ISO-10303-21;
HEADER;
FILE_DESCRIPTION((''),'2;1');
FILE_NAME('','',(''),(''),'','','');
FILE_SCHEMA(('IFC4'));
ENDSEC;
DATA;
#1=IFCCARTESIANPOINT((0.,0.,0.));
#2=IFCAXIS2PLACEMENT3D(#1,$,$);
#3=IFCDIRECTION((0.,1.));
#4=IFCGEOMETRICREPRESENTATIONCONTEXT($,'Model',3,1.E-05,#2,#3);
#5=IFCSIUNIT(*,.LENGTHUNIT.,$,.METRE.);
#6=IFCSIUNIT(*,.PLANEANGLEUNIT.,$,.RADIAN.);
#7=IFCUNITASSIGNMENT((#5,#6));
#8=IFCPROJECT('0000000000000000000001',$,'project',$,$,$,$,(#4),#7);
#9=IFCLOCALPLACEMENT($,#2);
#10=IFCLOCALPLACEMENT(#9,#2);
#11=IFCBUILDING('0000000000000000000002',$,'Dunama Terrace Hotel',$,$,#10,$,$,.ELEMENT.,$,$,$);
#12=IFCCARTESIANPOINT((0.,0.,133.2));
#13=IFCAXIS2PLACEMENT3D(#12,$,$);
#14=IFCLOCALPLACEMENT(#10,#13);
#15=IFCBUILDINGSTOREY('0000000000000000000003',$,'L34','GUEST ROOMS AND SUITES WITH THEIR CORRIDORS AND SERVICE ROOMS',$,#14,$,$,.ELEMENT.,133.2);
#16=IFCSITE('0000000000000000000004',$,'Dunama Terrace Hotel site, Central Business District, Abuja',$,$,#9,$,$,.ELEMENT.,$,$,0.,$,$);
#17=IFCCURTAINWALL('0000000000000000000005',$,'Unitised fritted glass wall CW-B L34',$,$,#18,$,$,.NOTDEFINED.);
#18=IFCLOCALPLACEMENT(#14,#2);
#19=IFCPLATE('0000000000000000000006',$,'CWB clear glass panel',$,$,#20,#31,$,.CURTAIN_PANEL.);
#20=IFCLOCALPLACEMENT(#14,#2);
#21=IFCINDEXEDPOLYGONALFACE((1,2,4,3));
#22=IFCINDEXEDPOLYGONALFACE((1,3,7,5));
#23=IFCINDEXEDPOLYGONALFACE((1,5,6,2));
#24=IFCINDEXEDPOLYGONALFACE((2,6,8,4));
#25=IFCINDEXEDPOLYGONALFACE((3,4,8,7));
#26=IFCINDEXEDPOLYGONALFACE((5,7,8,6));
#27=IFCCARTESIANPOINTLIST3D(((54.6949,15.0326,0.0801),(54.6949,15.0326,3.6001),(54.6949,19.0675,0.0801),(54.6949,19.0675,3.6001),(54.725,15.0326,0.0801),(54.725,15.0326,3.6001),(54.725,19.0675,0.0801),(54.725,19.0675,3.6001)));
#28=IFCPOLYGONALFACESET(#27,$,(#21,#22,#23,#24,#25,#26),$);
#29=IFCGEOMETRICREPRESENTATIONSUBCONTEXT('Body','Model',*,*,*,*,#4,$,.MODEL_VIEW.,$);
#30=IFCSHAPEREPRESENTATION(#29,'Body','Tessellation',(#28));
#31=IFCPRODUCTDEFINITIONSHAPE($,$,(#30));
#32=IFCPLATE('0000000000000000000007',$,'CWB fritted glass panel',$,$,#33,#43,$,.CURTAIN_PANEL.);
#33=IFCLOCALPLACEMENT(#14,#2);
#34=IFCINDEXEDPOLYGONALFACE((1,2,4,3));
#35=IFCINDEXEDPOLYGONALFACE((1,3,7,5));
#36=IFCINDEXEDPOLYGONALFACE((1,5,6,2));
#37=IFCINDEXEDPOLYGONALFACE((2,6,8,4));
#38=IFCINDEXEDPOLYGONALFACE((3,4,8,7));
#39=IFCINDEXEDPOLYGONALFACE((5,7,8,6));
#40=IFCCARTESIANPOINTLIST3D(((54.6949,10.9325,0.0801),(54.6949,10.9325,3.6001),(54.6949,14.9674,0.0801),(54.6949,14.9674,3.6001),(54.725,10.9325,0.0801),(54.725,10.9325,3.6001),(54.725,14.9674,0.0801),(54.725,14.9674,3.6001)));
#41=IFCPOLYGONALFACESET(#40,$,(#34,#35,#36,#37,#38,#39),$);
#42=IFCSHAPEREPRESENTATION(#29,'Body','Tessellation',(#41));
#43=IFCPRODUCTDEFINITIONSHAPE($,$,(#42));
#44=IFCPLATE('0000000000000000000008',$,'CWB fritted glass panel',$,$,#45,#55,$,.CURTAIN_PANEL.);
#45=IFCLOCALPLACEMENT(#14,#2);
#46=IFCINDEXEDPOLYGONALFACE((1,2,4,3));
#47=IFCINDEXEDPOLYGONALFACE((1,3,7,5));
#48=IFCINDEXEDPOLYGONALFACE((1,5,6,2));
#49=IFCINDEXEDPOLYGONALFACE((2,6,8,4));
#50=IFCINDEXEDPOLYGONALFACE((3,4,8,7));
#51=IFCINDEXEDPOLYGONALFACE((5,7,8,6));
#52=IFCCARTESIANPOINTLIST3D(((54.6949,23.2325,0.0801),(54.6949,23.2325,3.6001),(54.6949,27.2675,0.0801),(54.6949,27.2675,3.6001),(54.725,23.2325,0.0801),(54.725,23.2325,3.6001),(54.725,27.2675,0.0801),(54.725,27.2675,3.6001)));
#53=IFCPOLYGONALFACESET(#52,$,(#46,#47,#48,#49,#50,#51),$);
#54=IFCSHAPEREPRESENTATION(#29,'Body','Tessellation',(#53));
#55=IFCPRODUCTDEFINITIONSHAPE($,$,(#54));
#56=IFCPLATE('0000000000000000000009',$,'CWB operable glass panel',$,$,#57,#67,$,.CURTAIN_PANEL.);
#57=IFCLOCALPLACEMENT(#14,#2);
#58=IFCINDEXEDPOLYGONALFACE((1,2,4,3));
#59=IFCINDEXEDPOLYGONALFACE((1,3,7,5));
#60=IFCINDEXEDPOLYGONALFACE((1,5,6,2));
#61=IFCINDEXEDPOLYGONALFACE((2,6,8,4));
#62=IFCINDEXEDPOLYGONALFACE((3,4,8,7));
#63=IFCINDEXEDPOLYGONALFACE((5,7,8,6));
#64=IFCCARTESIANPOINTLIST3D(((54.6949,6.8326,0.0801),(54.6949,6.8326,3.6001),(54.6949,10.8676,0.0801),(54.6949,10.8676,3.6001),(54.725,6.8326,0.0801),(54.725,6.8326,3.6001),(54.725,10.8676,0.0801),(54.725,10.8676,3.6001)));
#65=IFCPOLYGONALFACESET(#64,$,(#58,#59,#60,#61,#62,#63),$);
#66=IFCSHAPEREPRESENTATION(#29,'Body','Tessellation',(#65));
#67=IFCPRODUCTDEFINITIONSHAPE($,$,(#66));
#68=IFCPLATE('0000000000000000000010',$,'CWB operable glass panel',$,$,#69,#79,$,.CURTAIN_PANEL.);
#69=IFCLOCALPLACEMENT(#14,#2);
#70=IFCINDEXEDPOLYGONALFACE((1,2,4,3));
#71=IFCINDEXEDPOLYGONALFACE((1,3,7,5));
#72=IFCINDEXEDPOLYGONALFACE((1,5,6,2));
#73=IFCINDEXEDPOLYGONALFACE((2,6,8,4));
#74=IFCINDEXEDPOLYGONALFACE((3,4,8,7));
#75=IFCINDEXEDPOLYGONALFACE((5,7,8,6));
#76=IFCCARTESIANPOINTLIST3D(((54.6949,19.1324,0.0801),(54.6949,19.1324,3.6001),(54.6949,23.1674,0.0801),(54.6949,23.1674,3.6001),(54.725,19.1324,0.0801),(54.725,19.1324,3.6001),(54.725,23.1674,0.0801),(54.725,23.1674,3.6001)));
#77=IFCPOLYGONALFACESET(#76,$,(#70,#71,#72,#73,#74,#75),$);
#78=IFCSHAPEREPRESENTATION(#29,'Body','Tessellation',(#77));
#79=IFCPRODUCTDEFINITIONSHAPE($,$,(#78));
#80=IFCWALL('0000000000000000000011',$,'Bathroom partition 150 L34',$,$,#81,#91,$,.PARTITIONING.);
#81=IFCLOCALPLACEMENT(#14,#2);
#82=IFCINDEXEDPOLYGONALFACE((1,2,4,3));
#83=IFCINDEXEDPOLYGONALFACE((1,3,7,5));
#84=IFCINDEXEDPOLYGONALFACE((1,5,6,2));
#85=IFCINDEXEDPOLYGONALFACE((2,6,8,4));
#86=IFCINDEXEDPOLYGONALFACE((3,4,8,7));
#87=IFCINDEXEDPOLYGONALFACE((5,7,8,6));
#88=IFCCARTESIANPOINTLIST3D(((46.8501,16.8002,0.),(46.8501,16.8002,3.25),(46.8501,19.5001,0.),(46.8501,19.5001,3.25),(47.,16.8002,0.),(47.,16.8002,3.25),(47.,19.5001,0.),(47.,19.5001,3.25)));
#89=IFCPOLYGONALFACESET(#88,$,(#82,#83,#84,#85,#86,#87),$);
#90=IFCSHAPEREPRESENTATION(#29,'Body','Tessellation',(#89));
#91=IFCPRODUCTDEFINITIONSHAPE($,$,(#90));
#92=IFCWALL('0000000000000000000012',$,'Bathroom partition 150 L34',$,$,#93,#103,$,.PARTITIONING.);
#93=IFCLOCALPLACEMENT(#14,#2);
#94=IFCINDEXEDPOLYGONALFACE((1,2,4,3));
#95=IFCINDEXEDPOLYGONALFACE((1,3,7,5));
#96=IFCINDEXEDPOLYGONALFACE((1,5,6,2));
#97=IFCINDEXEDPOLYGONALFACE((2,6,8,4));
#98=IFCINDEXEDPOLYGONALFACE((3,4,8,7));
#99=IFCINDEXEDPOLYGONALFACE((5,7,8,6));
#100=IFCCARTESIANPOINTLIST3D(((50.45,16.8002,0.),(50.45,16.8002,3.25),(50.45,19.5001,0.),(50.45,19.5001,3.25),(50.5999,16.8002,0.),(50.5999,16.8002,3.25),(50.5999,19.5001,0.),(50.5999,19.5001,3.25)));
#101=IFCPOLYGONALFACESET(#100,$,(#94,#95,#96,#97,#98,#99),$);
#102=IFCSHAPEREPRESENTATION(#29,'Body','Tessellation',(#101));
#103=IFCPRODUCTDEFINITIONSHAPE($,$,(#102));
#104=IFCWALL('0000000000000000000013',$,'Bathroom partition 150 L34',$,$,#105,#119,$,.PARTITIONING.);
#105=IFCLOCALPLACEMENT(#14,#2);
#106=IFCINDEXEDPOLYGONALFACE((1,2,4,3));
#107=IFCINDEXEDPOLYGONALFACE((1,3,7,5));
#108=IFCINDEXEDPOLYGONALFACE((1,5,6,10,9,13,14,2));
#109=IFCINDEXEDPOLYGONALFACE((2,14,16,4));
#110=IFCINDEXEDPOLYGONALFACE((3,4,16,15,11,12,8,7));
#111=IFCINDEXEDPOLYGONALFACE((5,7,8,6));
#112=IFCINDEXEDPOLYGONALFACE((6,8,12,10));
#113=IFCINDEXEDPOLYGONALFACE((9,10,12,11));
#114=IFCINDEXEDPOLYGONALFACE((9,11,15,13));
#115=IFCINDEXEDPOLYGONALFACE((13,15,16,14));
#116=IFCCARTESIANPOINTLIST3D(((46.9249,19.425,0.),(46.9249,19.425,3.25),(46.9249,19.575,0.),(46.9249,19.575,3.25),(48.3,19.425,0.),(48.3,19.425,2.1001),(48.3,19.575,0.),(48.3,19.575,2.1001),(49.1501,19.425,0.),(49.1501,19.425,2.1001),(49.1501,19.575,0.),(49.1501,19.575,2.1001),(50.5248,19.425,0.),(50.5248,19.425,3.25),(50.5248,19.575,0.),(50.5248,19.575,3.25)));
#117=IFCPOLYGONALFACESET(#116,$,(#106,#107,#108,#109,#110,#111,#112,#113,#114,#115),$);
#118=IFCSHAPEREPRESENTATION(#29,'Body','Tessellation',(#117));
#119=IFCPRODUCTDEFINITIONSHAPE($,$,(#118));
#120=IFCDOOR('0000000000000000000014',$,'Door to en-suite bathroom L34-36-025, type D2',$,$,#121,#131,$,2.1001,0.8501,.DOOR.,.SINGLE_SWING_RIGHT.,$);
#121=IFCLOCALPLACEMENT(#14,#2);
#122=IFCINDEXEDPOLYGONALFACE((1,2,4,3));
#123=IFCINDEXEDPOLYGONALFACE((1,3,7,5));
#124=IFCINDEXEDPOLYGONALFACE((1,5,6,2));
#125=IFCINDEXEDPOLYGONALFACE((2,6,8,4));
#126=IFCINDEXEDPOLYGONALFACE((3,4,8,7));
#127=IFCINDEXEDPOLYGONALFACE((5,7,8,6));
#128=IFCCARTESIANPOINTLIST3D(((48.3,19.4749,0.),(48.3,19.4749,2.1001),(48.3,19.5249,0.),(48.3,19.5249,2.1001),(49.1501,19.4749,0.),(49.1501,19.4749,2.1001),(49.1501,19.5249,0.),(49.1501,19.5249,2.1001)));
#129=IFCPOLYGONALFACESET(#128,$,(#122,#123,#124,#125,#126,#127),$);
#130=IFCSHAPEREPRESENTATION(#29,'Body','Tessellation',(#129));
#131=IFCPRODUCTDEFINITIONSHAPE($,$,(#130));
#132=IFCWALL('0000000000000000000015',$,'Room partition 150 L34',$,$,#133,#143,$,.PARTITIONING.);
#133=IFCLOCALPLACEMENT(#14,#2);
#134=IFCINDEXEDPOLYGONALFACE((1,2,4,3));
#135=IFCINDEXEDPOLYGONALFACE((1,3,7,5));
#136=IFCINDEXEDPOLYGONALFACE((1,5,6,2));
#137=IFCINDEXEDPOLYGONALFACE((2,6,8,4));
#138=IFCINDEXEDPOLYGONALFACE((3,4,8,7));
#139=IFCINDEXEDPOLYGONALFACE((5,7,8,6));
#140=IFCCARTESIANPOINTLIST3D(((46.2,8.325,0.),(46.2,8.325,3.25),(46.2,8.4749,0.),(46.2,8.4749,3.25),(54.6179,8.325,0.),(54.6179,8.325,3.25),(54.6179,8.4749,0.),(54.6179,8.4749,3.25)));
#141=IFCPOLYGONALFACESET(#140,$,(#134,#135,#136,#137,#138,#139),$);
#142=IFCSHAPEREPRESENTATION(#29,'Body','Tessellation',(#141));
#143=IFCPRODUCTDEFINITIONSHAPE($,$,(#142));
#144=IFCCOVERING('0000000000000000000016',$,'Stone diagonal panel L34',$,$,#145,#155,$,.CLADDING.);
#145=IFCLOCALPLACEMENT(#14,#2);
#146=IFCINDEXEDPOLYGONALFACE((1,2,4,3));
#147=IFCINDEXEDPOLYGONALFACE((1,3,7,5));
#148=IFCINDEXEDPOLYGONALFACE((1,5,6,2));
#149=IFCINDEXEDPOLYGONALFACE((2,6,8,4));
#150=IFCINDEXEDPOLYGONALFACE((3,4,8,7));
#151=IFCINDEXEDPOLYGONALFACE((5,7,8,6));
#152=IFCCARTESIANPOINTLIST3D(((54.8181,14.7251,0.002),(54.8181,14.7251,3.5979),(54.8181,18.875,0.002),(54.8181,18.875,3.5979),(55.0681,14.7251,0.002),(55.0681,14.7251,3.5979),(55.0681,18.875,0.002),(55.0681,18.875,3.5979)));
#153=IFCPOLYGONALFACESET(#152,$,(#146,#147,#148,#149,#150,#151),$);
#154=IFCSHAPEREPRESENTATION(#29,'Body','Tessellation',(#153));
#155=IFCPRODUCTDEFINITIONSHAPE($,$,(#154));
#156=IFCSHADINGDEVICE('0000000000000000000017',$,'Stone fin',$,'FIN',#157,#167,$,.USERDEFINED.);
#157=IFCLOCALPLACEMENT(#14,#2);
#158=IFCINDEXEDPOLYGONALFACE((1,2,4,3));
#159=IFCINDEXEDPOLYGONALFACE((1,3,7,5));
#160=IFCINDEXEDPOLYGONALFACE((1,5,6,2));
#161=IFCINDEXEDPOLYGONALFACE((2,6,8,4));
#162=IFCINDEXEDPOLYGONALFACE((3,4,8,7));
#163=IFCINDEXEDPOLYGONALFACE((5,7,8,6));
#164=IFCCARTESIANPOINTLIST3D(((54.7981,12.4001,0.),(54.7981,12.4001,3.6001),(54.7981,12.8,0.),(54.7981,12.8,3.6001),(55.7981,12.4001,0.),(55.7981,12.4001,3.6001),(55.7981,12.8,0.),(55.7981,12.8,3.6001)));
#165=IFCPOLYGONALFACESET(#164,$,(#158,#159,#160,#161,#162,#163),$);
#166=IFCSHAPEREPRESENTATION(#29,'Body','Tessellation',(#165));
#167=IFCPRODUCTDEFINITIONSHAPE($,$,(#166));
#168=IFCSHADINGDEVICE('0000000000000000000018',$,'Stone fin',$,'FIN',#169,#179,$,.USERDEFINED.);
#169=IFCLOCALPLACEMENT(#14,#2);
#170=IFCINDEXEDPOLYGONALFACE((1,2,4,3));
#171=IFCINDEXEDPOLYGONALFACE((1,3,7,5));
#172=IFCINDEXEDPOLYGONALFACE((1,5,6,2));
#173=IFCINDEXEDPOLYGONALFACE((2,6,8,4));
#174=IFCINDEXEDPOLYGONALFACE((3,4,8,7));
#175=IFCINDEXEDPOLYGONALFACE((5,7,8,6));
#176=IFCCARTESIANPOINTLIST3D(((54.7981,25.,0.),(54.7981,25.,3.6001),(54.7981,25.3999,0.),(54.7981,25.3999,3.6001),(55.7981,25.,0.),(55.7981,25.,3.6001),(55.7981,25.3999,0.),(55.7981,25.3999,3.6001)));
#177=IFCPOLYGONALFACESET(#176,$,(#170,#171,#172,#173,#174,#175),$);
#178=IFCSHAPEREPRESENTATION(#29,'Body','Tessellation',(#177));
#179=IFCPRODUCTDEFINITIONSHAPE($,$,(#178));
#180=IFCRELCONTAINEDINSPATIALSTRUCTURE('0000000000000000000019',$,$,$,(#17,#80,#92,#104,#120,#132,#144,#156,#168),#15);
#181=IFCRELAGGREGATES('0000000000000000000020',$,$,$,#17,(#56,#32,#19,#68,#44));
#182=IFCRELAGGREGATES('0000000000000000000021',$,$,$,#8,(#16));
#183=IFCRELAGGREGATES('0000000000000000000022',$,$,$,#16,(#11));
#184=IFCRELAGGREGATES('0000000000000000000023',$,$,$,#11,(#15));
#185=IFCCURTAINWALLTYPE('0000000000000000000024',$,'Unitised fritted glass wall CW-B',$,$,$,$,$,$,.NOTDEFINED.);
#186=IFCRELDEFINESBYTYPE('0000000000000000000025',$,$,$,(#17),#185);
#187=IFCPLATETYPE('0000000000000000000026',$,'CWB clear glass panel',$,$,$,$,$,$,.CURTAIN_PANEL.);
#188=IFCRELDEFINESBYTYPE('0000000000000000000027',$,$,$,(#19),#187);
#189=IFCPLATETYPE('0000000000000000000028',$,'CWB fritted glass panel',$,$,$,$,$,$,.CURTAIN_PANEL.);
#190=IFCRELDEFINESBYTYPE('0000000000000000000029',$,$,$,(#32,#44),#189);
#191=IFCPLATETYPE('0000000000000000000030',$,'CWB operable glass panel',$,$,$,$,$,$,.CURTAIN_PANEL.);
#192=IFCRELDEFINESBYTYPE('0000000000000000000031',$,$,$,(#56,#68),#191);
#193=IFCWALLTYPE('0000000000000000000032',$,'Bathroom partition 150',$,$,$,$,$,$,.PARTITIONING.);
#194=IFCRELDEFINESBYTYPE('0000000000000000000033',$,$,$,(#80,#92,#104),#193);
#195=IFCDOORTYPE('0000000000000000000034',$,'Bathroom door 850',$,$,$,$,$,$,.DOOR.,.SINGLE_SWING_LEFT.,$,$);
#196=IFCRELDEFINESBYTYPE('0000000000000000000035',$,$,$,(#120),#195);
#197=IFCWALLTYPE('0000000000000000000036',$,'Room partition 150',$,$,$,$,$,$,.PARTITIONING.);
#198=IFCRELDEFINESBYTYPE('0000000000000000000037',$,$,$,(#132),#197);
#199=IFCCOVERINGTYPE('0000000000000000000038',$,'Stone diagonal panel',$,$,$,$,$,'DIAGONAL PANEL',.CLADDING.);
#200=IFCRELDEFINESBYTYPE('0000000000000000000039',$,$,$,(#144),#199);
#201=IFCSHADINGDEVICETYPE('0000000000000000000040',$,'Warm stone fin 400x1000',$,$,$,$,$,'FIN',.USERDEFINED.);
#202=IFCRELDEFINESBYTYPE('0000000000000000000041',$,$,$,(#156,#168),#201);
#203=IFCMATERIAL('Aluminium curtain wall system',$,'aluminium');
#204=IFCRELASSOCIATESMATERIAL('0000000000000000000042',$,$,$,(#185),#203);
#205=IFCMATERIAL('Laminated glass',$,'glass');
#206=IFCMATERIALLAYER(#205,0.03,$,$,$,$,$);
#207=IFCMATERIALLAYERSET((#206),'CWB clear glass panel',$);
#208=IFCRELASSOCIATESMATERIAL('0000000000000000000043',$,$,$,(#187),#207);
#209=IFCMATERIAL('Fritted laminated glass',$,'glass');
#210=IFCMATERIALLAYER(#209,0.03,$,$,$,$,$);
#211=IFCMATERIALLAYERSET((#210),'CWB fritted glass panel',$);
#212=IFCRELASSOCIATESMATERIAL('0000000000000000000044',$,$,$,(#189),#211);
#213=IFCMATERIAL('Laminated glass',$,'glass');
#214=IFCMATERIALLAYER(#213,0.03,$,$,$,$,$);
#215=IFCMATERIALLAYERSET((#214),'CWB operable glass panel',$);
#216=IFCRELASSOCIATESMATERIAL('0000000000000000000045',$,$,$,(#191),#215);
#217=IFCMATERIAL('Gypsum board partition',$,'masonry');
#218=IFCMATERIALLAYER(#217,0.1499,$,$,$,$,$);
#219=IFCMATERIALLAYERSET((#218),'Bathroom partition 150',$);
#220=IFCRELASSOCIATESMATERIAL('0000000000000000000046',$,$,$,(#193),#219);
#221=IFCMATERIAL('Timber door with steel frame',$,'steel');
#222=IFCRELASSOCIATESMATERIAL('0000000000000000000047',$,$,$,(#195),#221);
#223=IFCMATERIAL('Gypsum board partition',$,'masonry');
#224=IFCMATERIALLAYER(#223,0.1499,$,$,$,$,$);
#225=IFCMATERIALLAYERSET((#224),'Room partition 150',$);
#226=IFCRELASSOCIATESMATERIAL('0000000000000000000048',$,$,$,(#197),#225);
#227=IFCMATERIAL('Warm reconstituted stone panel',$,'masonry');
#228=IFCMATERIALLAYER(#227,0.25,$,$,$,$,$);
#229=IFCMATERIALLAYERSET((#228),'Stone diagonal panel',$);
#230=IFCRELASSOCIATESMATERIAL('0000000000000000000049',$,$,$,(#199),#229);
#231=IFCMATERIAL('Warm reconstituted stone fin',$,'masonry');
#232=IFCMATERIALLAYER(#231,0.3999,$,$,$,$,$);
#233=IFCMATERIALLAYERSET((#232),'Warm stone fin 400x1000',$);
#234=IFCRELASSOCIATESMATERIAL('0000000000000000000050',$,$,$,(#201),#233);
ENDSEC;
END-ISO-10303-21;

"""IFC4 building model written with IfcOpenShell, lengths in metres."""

from ifc_helpers import new_model, si_unit, direction, frame, frame_2d, origin, origin_2d, place, context, subcontext, project, spatial, rectangle, extrude, material, layer, layer_set, type_object, element, fill, aggregate, save


model = new_model("IFC4")

# Units and contexts
model_context = context("Model", 3, precision=1e-05, world=origin(), true_north=direction((0.0, 1.0)))
body_context = subcontext(model_context, "Body", "Model", "MODEL_VIEW")
ifc_project = project(units=[si_unit("LENGTHUNIT", "METRE"), si_unit("PLANEANGLEUNIT", "RADIAN")], contexts=[model_context])

# Site, building, storey
site_placement = place(None, origin())
site = spatial("IfcSite", under=ifc_project, at=site_placement, Name="Dunama Terrace Hotel site, Central Business District, Abuja", CompositionType="ELEMENT", RefElevation=0.0)
building_placement = place(site_placement, origin())
building = spatial("IfcBuilding", under=site, at=building_placement, Name="Dunama Terrace Hotel", CompositionType="ELEMENT")
storey_placement = place(building_placement, frame((0.0, 0.0, 133.2)))
storey = spatial("IfcBuildingStorey", under=building, at=storey_placement, Name="L34", Description="GUEST ROOMS AND SUITES WITH THEIR CORRIDORS AND SERVICE ROOMS", CompositionType="ELEMENT", Elevation=133.2)

# Curtain wall
ifc_material_1 = material(Name="Aluminium curtain wall system", Category="aluminium")
curtain_wall_type = type_object("IfcCurtainWallType", Name="Unitised fritted glass wall CW-B", PredefinedType="NOTDEFINED", material=ifc_material_1)
curtain_wall_placement = place(storey_placement, origin())
curtain_wall = element("IfcCurtainWall", 1, at=curtain_wall_placement, inside=storey, type_object=curtain_wall_type, Name="Unitised fritted glass wall CW-B L34", PredefinedType="NOTDEFINED")

# Plates
ifc_material_2 = material(Name="Laminated glass", Category="glass")
ifc_layer_1 = layer(ifc_material_2, 0.03)
ifc_layer_set_1 = layer_set([ifc_layer_1], Name="CWB clear glass panel")
plate_type_1 = type_object("IfcPlateType", Name="CWB clear glass panel", PredefinedType="CURTAIN_PANEL", material=ifc_layer_set_1)
plate_1_placement = place(storey_placement, frame((54.71, 17.05, 0.0801), z_axis=(0.0, 0.0, 1.0), x_axis=(0.0, 1.0, 0.0)))
plate_1 = element("IfcPlate", 2, at=plate_1_placement, type_object=plate_type_1, Name="CWB clear glass panel", PredefinedType="CURTAIN_PANEL", context=body_context, shape_type="SweptSolid", body=[
    extrude(rectangle(XDim=4.0349, YDim=0.03, at=origin_2d()), origin(), (0.0, 0.0, 1.0), 3.52),
])
ifc_material_3 = material(Name="Fritted laminated glass", Category="glass")
ifc_layer_2 = layer(ifc_material_3, 0.03)
ifc_layer_set_2 = layer_set([ifc_layer_2], Name="CWB fritted glass panel")
plate_type_2 = type_object("IfcPlateType", Name="CWB fritted glass panel", PredefinedType="CURTAIN_PANEL", material=ifc_layer_set_2)
plate_2_placement = place(storey_placement, frame((54.71, 12.95, 0.0801), z_axis=(0.0, 0.0, 1.0), x_axis=(0.0, 1.0, 0.0)))
plate_2 = element("IfcPlate", 3, at=plate_2_placement, type_object=plate_type_2, Name="CWB fritted glass panel", PredefinedType="CURTAIN_PANEL", context=body_context, shape_type="SweptSolid", body=[
    extrude(rectangle(XDim=4.0349, YDim=0.03, at=origin_2d()), origin(), (0.0, 0.0, 1.0), 3.52),
])
plate_3_placement = place(storey_placement, frame((54.71, 25.25, 0.0801), z_axis=(0.0, 0.0, 1.0), x_axis=(0.0, 1.0, 0.0)))
plate_3 = element("IfcPlate", 4, at=plate_3_placement, type_object=plate_type_2, Name="CWB fritted glass panel", PredefinedType="CURTAIN_PANEL", context=body_context, shape_type="SweptSolid", body=[
    extrude(rectangle(XDim=4.0349, YDim=0.03, at=origin_2d()), origin(), (0.0, 0.0, 1.0), 3.52),
])
ifc_material_4 = material(Name="Laminated glass", Category="glass")
ifc_layer_3 = layer(ifc_material_4, 0.03)
ifc_layer_set_3 = layer_set([ifc_layer_3], Name="CWB operable glass panel")
plate_type_3 = type_object("IfcPlateType", Name="CWB operable glass panel", PredefinedType="CURTAIN_PANEL", material=ifc_layer_set_3)
plate_4_placement = place(storey_placement, frame((54.71, 8.8501, 0.0801), z_axis=(0.0, 0.0, 1.0), x_axis=(0.0, 1.0, 0.0)))
plate_4 = element("IfcPlate", 5, at=plate_4_placement, type_object=plate_type_3, Name="CWB operable glass panel", PredefinedType="CURTAIN_PANEL", context=body_context, shape_type="SweptSolid", body=[
    extrude(rectangle(XDim=4.0349, YDim=0.03, at=origin_2d()), origin(), (0.0, 0.0, 1.0), 3.52),
])
plate_5_placement = place(storey_placement, frame((54.71, 21.1499, 0.0801), z_axis=(0.0, 0.0, 1.0), x_axis=(0.0, 1.0, 0.0)))
plate_5 = element("IfcPlate", 6, at=plate_5_placement, type_object=plate_type_3, Name="CWB operable glass panel", PredefinedType="CURTAIN_PANEL", context=body_context, shape_type="SweptSolid", body=[
    extrude(rectangle(XDim=4.0349, YDim=0.03, at=origin_2d()), origin(), (0.0, 0.0, 1.0), 3.52),
])
aggregate(curtain_wall, [plate_4, plate_2, plate_1, plate_5, plate_3])

# Walls
ifc_material_5 = material(Name="Gypsum board partition", Category="masonry")
ifc_layer_4 = layer(ifc_material_5, 0.1499)
ifc_layer_set_4 = layer_set([ifc_layer_4], Name="Bathroom partition 150")
wall_type_1 = type_object("IfcWallType", Name="Bathroom partition 150", PredefinedType="PARTITIONING", material=ifc_layer_set_4)
for number, where, z_axis, x_axis, name in (
    (7, (46.925, 16.8, 0.0), (0.0, 0.0, 1.0), (0.0, 1.0, 0.0), "Bathroom partition 150 L34"),
    (8, (50.5249, 16.8, 0.0), (0.0, 0.0, 1.0), (0.0, 1.0, 0.0), "Bathroom partition 150 L34"),
):
    element("IfcWall", number, at=place(storey_placement, frame(where, z_axis=z_axis, x_axis=x_axis)), inside=storey, type_object=wall_type_1, Name=name, PredefinedType="PARTITIONING", context=body_context, shape_type="SweptSolid", body=[
        extrude(rectangle(XDim=2.7, YDim=0.1499, at=frame_2d((1.3501, 0.0))), origin(), (0.0, 0.0, 1.0), 3.25),
    ])

# Wall, opening, door
wall_1_placement = place(storey_placement, frame((46.925, 19.5, 0.0), z_axis=(0.0, 0.0, 1.0), x_axis=(1.0, 0.0, 0.0)))
wall_1 = element("IfcWall", 9, at=wall_1_placement, inside=storey, type_object=wall_type_1, Name="Bathroom partition 150 L34", PredefinedType="PARTITIONING", context=body_context, shape_type="SweptSolid", body=[
    extrude(rectangle(XDim=3.5999, YDim=0.1499, at=frame_2d((1.7998, 0.0))), origin(), (0.0, 0.0, 1.0), 3.25),
])
opening_placement = place(wall_1_placement, frame((1.375, 0.0, 0.0)))
opening = element("IfcOpeningElement", 10, at=opening_placement, cuts=wall_1, PredefinedType="OPENING", context=body_context, shape_type="SweptSolid", body=[
    extrude(rectangle(XDim=0.8501, YDim=2.1001, at=frame_2d((0.425, 1.05))), frame((0.0, 0.085, 0.0), z_axis=(0.0, -1.0, 0.0), x_axis=(1.0, 0.0, 0.0)), (0.0, 0.0, 1.0), 0.1699),
])
ifc_material_6 = material(Name="Timber door with steel frame", Category="steel")
door_type = type_object("IfcDoorType", Name="Bathroom door 850", OperationType="SINGLE_SWING_LEFT", PredefinedType="DOOR", material=ifc_material_6)
door_placement = place(opening_placement, frame((0.8501, 0.0, 0.0), z_axis=(0.0, 0.0, 1.0), x_axis=(-1.0, 0.0, 0.0)))
door = element("IfcDoor", 11, at=door_placement, inside=storey, type_object=door_type, Name="Door to en-suite bathroom L34-36-025, type D2", OperationType="SINGLE_SWING_RIGHT", OverallHeight=2.1001, OverallWidth=0.8501, PredefinedType="DOOR", context=body_context, shape_type="SweptSolid", body=[
    extrude(rectangle(XDim=0.8501, YDim=2.1001, at=frame_2d((0.425, 1.05))), frame((0.0, 0.0251, 0.0), z_axis=(0.0, -1.0, 0.0), x_axis=(1.0, 0.0, 0.0)), (0.0, 0.0, 1.0), 0.05),
])
fill(opening, door)

# Wall
ifc_material_7 = material(Name="Gypsum board partition", Category="masonry")
ifc_layer_5 = layer(ifc_material_7, 0.1499)
ifc_layer_set_5 = layer_set([ifc_layer_5], Name="Room partition 150")
wall_type_2 = type_object("IfcWallType", Name="Room partition 150", PredefinedType="PARTITIONING", material=ifc_layer_set_5)
wall_2_placement = place(storey_placement, frame((46.2, 8.3999, 0.0), z_axis=(0.0, 0.0, 1.0), x_axis=(1.0, 0.0, 0.0)))
element("IfcWall", 12, at=wall_2_placement, inside=storey, type_object=wall_type_2, Name="Room partition 150 L34", PredefinedType="PARTITIONING", context=body_context, shape_type="SweptSolid", body=[
    extrude(rectangle(XDim=8.418, YDim=0.1499, at=frame_2d((4.209, 0.0))), origin(), (0.0, 0.0, 1.0), 3.25),
])

# Covering
ifc_material_8 = material(Name="Warm reconstituted stone panel", Category="masonry")
ifc_layer_6 = layer(ifc_material_8, 0.25)
ifc_layer_set_6 = layer_set([ifc_layer_6], Name="Stone diagonal panel")
covering_type = type_object("IfcCoveringType", Name="Stone diagonal panel", ElementType="DIAGONAL PANEL", PredefinedType="CLADDING", material=ifc_layer_set_6)
covering_placement = place(storey_placement, frame((54.9431, 16.8, 0.002), z_axis=(0.0, 0.0, 1.0), x_axis=(0.0, 1.0, 0.0)))
element("IfcCovering", 13, at=covering_placement, inside=storey, type_object=covering_type, Name="Stone diagonal panel L34", PredefinedType="CLADDING", context=body_context, shape_type="SweptSolid", body=[
    extrude(rectangle(XDim=4.1499, YDim=0.25, at=origin_2d()), origin(), (0.0, 0.0, 1.0), 3.5959),
])

# Shading devices
ifc_material_9 = material(Name="Warm reconstituted stone fin", Category="masonry")
ifc_layer_7 = layer(ifc_material_9, 0.3999)
ifc_layer_set_7 = layer_set([ifc_layer_7], Name="Warm stone fin 400x1000")
shading_device_type = type_object("IfcShadingDeviceType", Name="Warm stone fin 400x1000", ElementType="FIN", PredefinedType="USERDEFINED", material=ifc_layer_set_7)
for number, where, z_axis, x_axis, name in (
    (14, (55.2981, 12.6001, 0.0), (0.0, 0.0, 1.0), (0.0, 1.0, 0.0), "Stone fin"),
    (15, (55.2981, 25.2, 0.0), (0.0, 0.0, 1.0), (0.0, 1.0, 0.0), "Stone fin"),
):
    element("IfcShadingDevice", number, at=place(storey_placement, frame(where, z_axis=z_axis, x_axis=x_axis)), inside=storey, type_object=shading_device_type, Name=name, ObjectType="FIN", PredefinedType="USERDEFINED", context=body_context, shape_type="SweptSolid", body=[
        extrude(rectangle(XDim=0.3999, YDim=1.0, at=origin_2d()), origin(), (0.0, 0.0, 1.0), 3.6001),
    ])

save(model, "model.ifc")
